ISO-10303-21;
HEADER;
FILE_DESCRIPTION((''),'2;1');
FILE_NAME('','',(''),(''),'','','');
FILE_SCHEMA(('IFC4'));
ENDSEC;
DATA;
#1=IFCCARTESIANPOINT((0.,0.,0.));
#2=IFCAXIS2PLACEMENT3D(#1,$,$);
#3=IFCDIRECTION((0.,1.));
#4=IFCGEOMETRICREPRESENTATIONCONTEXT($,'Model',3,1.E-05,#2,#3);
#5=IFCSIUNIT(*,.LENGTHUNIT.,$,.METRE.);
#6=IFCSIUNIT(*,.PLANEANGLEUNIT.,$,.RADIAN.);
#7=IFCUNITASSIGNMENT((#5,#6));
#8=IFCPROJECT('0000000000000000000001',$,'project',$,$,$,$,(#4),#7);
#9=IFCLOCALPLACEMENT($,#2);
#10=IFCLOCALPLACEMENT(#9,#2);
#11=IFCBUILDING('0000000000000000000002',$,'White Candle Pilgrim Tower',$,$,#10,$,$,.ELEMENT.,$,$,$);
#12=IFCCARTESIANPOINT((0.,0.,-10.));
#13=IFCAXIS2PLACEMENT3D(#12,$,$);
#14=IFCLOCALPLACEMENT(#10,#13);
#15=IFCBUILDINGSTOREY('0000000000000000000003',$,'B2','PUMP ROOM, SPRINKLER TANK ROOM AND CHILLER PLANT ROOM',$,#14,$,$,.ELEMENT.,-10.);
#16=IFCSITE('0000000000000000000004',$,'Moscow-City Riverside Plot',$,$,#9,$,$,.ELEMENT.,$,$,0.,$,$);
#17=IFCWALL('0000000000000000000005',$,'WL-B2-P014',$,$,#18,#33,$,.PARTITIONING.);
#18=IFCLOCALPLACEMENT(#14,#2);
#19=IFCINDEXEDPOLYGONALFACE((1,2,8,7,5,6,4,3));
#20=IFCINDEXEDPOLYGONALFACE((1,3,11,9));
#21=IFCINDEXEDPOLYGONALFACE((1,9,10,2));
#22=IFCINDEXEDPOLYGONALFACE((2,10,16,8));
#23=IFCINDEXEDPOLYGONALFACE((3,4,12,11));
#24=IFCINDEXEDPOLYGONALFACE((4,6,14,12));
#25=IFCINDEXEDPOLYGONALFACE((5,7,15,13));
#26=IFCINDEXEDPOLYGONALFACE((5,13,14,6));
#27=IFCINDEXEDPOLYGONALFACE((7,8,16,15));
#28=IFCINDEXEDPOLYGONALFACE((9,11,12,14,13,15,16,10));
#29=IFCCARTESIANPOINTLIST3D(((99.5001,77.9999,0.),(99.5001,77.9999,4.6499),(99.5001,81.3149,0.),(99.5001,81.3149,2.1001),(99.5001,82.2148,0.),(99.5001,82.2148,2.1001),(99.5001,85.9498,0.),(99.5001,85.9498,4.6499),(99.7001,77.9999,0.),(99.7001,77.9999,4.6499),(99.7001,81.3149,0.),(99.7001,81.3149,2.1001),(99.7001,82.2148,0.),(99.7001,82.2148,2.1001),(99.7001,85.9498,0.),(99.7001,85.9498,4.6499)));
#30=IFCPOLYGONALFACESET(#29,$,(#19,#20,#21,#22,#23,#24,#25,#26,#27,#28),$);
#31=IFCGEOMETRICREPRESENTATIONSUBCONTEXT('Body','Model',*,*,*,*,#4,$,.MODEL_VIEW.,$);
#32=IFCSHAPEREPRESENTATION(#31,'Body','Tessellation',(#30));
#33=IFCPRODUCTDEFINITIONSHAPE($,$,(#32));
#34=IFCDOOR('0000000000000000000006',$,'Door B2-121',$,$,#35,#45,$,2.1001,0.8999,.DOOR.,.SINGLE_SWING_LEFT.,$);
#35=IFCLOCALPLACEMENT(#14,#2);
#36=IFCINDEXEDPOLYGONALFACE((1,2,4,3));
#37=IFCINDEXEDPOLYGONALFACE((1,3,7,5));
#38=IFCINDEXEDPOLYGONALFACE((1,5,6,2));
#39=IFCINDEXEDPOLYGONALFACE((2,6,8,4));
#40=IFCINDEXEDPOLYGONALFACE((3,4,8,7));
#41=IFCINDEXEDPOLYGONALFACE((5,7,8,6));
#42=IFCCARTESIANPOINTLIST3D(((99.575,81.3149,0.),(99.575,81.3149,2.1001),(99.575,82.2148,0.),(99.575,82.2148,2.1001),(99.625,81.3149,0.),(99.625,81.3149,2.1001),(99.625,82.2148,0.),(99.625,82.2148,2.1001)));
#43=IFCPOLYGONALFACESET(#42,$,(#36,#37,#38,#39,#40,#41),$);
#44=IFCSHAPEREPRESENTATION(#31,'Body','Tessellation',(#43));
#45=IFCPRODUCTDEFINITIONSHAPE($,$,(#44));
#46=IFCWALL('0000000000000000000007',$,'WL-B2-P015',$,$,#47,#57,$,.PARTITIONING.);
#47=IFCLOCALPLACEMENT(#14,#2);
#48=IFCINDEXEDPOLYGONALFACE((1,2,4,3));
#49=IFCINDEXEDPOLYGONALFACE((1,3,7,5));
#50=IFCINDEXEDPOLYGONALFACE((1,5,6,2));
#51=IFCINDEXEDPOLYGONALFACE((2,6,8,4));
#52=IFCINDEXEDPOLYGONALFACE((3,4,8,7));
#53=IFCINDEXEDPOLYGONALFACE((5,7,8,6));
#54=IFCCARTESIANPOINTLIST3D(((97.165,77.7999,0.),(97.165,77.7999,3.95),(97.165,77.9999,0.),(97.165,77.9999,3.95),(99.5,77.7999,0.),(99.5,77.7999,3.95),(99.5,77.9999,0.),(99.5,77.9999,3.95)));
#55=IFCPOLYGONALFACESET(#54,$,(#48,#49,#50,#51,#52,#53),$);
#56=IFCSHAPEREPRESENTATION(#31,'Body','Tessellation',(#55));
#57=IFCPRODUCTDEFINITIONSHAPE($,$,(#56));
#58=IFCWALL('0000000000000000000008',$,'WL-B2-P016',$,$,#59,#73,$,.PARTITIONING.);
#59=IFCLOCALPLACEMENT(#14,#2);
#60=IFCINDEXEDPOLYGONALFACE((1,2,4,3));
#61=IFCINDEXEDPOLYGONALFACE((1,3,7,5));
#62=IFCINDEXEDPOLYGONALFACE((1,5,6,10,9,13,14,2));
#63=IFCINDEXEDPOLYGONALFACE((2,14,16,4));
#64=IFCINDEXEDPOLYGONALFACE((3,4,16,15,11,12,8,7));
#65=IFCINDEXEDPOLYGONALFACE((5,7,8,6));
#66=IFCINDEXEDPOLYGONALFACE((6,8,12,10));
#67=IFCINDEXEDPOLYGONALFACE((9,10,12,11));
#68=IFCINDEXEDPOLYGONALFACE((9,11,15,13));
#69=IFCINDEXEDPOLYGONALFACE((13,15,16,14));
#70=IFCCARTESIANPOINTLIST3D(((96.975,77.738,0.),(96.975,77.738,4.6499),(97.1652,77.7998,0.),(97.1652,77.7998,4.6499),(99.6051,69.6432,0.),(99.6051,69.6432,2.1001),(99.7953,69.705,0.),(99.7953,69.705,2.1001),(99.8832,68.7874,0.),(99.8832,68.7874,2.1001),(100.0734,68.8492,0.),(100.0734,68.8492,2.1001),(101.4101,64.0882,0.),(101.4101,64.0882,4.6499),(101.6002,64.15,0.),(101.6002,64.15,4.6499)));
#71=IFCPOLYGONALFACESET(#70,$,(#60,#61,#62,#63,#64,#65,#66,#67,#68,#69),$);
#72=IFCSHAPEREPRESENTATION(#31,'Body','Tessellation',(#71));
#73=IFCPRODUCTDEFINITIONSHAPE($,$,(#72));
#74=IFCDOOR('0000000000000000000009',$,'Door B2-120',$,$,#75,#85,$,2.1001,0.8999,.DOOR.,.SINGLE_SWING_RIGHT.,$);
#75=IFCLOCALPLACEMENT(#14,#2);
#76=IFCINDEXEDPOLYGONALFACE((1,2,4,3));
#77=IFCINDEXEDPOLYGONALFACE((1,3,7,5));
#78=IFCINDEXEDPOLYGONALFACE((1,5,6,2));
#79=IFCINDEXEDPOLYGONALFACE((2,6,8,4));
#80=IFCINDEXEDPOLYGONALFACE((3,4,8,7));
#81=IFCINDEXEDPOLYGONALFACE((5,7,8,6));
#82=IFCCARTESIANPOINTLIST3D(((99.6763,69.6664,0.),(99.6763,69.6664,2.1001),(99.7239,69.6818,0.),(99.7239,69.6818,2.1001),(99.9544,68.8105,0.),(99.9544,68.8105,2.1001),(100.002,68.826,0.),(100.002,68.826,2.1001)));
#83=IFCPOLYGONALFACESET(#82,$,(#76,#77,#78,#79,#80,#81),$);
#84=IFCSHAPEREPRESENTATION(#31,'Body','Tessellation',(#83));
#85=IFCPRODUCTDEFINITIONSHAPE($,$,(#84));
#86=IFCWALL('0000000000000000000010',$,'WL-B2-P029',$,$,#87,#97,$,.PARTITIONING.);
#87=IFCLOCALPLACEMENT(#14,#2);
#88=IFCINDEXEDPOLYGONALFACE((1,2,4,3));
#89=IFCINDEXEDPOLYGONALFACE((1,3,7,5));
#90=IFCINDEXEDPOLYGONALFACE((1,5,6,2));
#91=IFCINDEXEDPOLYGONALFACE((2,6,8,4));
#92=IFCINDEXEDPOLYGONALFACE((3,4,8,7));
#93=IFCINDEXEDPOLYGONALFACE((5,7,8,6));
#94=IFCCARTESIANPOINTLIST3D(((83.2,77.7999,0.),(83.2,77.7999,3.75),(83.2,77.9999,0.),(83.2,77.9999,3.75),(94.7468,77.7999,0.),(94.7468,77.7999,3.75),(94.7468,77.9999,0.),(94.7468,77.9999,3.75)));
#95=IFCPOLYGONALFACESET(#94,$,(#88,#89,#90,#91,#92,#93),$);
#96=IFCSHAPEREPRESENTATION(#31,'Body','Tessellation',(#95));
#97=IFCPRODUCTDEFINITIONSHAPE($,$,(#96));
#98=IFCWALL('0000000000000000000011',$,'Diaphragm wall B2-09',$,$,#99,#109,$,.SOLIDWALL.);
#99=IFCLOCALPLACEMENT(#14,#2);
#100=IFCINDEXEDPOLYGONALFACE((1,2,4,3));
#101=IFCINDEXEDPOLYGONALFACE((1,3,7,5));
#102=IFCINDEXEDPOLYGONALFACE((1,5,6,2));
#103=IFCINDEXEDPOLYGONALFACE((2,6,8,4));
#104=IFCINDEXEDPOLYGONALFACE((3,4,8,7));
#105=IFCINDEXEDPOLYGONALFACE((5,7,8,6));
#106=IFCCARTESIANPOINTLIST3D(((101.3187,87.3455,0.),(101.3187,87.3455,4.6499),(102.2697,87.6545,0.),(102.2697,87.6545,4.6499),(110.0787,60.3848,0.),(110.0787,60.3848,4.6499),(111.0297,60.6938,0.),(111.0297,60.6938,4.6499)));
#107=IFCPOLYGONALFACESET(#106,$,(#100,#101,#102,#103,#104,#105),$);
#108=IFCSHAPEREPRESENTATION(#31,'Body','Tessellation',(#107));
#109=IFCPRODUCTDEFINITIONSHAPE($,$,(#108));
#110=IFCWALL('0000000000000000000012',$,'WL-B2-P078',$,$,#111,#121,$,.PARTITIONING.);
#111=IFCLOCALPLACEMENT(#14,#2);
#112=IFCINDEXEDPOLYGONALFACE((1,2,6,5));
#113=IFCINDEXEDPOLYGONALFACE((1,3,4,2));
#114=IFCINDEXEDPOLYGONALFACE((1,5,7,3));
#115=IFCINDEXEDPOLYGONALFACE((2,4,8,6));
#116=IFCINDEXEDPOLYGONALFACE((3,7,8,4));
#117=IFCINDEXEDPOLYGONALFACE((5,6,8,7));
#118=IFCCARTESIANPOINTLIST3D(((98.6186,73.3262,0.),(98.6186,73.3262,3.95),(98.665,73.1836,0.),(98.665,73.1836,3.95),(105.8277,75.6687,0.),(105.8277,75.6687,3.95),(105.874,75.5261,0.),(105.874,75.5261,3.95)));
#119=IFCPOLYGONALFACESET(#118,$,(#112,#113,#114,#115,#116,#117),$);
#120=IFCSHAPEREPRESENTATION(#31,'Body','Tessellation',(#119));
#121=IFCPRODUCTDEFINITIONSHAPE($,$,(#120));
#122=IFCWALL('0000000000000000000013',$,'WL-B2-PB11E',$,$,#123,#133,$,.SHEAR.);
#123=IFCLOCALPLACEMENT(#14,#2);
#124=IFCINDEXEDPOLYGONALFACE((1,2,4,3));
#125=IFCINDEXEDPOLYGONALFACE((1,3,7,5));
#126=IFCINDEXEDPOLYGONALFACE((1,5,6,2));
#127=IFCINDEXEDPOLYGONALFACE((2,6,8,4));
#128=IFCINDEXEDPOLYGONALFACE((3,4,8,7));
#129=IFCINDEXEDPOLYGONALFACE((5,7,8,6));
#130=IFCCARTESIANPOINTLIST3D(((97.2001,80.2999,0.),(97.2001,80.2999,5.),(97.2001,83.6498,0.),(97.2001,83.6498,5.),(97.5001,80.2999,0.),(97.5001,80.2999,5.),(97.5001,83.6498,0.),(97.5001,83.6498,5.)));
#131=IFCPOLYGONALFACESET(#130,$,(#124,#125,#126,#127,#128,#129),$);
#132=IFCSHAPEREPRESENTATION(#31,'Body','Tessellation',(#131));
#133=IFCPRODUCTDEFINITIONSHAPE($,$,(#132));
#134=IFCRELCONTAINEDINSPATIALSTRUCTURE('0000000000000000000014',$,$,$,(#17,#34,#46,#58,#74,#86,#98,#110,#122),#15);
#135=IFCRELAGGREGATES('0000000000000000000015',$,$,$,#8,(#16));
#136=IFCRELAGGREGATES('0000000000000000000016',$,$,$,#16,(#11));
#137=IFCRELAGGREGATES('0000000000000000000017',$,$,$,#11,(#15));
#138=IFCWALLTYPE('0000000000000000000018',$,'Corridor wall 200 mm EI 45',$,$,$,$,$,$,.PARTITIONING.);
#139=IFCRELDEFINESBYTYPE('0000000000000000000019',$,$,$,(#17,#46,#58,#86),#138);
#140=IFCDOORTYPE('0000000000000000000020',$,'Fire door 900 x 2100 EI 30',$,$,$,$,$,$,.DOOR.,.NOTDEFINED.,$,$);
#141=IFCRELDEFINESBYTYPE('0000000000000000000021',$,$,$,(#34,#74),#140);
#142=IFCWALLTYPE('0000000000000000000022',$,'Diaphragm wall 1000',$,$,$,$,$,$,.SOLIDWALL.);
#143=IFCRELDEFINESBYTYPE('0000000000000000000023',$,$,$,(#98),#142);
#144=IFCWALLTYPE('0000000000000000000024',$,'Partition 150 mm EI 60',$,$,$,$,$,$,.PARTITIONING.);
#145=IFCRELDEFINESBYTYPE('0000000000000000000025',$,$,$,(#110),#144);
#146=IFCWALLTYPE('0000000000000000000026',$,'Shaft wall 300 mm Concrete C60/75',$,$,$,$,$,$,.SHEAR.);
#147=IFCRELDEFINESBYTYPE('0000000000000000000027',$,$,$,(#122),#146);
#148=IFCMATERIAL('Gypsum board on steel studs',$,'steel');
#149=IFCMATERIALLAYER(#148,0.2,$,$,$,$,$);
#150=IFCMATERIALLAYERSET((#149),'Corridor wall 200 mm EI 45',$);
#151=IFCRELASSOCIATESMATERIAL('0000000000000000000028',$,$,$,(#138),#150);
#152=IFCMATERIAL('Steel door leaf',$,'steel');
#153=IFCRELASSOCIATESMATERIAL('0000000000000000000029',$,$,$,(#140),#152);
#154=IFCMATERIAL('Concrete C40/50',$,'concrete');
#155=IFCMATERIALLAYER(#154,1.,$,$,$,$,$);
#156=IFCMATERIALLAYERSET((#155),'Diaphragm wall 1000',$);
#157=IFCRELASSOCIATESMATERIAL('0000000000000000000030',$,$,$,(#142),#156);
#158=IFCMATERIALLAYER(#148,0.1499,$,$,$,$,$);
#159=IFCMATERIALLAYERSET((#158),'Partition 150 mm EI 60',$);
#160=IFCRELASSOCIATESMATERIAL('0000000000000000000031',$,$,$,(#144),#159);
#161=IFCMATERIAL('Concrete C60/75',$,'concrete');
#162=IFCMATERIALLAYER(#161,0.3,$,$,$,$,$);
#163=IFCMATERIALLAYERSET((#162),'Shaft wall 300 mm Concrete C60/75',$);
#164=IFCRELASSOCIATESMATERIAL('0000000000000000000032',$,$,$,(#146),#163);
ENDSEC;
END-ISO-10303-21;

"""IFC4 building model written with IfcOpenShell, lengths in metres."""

from ifc_helpers import new_model, si_unit, direction, frame, frame_2d, origin, place, context, subcontext, project, spatial, rectangle, extrude, material, layer, layer_set, type_object, element, fill, save


model = new_model("IFC4")

# Units and contexts
model_context = context("Model", 3, precision=1e-05, world=origin(), true_north=direction((0.0, 1.0)))
body_context = subcontext(model_context, "Body", "Model", "MODEL_VIEW")
ifc_project = project(units=[si_unit("LENGTHUNIT", "METRE"), si_unit("PLANEANGLEUNIT", "RADIAN")], contexts=[model_context])

# Site, building, storey
site_placement = place(None, origin())
site = spatial("IfcSite", under=ifc_project, at=site_placement, Name="Moscow-City Riverside Plot", CompositionType="ELEMENT", RefElevation=0.0)
building_placement = place(site_placement, origin())
building = spatial("IfcBuilding", under=site, at=building_placement, Name="White Candle Pilgrim Tower", CompositionType="ELEMENT")
storey_placement = place(building_placement, frame((0.0, 0.0, -10.0)))
storey = spatial("IfcBuildingStorey", under=building, at=storey_placement, Name="B2", Description="PUMP ROOM, SPRINKLER TANK ROOM AND CHILLER PLANT ROOM", CompositionType="ELEMENT", Elevation=-10.0)

# Shared definitions
ifc_material_1 = material(Name="Concrete C40/50", Category="concrete")

# Wall, opening, door
ifc_material_2 = material(Name="Gypsum board on steel studs", Category="steel")
ifc_layer_1 = layer(ifc_material_2, 0.2)
ifc_layer_set_1 = layer_set([ifc_layer_1], Name="Corridor wall 200 mm EI 45")
wall_type_1 = type_object("IfcWallType", Name="Corridor wall 200 mm EI 45", PredefinedType="PARTITIONING", material=ifc_layer_set_1)
wall_1_placement = place(storey_placement, frame((99.6001, 85.95, 0.0), z_axis=(0.0, 0.0, 1.0), x_axis=(0.0, -1.0, 0.0)))
wall_1 = element("IfcWall", 1, at=wall_1_placement, inside=storey, type_object=wall_type_1, Name="WL-B2-P014", PredefinedType="PARTITIONING", context=body_context, shape_type="SweptSolid", body=[
    extrude(rectangle(XDim=7.95, YDim=0.2, at=frame_2d((3.9751, 0.0))), origin(), (0.0, 0.0, 1.0), 4.6499),
])
opening_1_placement = place(wall_1_placement, frame((3.7351, 0.0, 0.0)))
opening_1 = element("IfcOpeningElement", 2, at=opening_1_placement, cuts=wall_1, PredefinedType="OPENING", context=body_context, shape_type="SweptSolid", body=[
    extrude(rectangle(XDim=0.8999, YDim=2.1001, at=frame_2d((0.45, 1.05))), frame((0.0, 0.1099, 0.0), z_axis=(0.0, -1.0, 0.0), x_axis=(1.0, 0.0, 0.0)), (0.0, 0.0, 1.0), 0.22),
])
ifc_material_3 = material(Name="Steel door leaf", Category="steel")
door_type = type_object("IfcDoorType", Name="Fire door 900 x 2100 EI 30", OperationType="NOTDEFINED", PredefinedType="DOOR", material=ifc_material_3)
door_1_placement = place(opening_1_placement, origin())
door_1 = element("IfcDoor", 3, at=door_1_placement, inside=storey, type_object=door_type, Name="Door B2-121", OperationType="SINGLE_SWING_LEFT", OverallHeight=2.1001, OverallWidth=0.8999, PredefinedType="DOOR", context=body_context, shape_type="SweptSolid", body=[
    extrude(rectangle(XDim=0.8999, YDim=2.1001, at=frame_2d((0.45, 1.05))), frame((0.0, 0.0249, 0.0), z_axis=(0.0, -1.0, 0.0), x_axis=(1.0, 0.0, 0.0)), (0.0, 0.0, 1.0), 0.05),
])
fill(opening_1, door_1)

# Wall
wall_2_placement = place(storey_placement, frame((99.5, 77.8999, 0.0), z_axis=(0.0, 0.0, 1.0), x_axis=(-1.0, 0.0, 0.0)))
element("IfcWall", 4, at=wall_2_placement, inside=storey, type_object=wall_type_1, Name="WL-B2-P015", PredefinedType="PARTITIONING", context=body_context, shape_type="SweptSolid", body=[
    extrude(rectangle(XDim=2.335, YDim=0.2, at=frame_2d((1.1675, 0.0))), origin(), (0.0, 0.0, 1.0), 3.95),
])

# Wall, opening, door
wall_3_placement = place(storey_placement, frame((97.0701, 77.769, 0.0), z_axis=(0.0, 0.0, 1.0), x_axis=(0.309013, -0.951058, 0.0)))
wall_3 = element("IfcWall", 5, at=wall_3_placement, inside=storey, type_object=wall_type_1, Name="WL-B2-P016", PredefinedType="PARTITIONING", context=body_context, shape_type="SweptSolid", body=[
    extrude(rectangle(XDim=14.3523, YDim=0.2, at=frame_2d((7.1763, 0.0))), origin(), (0.0, 0.0, 1.0), 4.6499),
])
opening_2_placement = place(wall_3_placement, frame((8.5115, 0.0, 0.0)))
opening_2 = element("IfcOpeningElement", 6, at=opening_2_placement, cuts=wall_3, PredefinedType="OPENING", context=body_context, shape_type="SweptSolid", body=[
    extrude(rectangle(XDim=0.8999, YDim=2.1001, at=frame_2d((0.45, 1.05))), frame((0.0, 0.1099, 0.0), z_axis=(0.0, -1.0, 0.0), x_axis=(1.0, 0.0, 0.0)), (0.0, 0.0, 1.0), 0.22),
])
door_2_placement = place(opening_2_placement, origin())
door_2 = element("IfcDoor", 7, at=door_2_placement, inside=storey, type_object=door_type, Name="Door B2-120", OperationType="SINGLE_SWING_RIGHT", OverallHeight=2.1001, OverallWidth=0.8999, PredefinedType="DOOR", context=body_context, shape_type="SweptSolid", body=[
    extrude(rectangle(XDim=0.8999, YDim=2.1001, at=frame_2d((0.45, 1.05))), frame((0.0, 0.0249, 0.0), z_axis=(0.0, -1.0, 0.0), x_axis=(1.0, 0.0, 0.0)), (0.0, 0.0, 1.0), 0.05),
])
fill(opening_2, door_2)

# Walls
wall_4_placement = place(storey_placement, frame((94.7468, 77.8999, 0.0), z_axis=(0.0, 0.0, 1.0), x_axis=(-1.0, 0.0, 0.0)))
element("IfcWall", 8, at=wall_4_placement, inside=storey, type_object=wall_type_1, Name="WL-B2-P029", PredefinedType="PARTITIONING", context=body_context, shape_type="SweptSolid", body=[
    extrude(rectangle(XDim=11.5469, YDim=0.2, at=frame_2d((5.7734, 0.0))), origin(), (0.0, 0.0, 1.0), 3.75),
])
ifc_layer_2 = layer(ifc_material_1, 1.0)
ifc_layer_set_2 = layer_set([ifc_layer_2], Name="Diaphragm wall 1000")
wall_type_2 = type_object("IfcWallType", Name="Diaphragm wall 1000", PredefinedType="SOLIDWALL", material=ifc_layer_set_2)
wall_5_placement = place(storey_placement, frame((101.7942, 87.5, 0.0), z_axis=(0.0, 0.0, 1.0), x_axis=(0.309015, -0.951057, 0.0)))
element("IfcWall", 9, at=wall_5_placement, inside=storey, type_object=wall_type_2, Name="Diaphragm wall B2-09", PredefinedType="SOLIDWALL", context=body_context, shape_type="SweptSolid", body=[
    extrude(rectangle(XDim=28.3481, YDim=1.0, at=frame_2d((14.1741, 0.0))), origin(), (0.0, 0.0, 1.0), 4.6499),
])
ifc_layer_3 = layer(ifc_material_2, 0.1499)
ifc_layer_set_3 = layer_set([ifc_layer_3], Name="Partition 150 mm EI 60")
wall_type_3 = type_object("IfcWallType", Name="Partition 150 mm EI 60", PredefinedType="PARTITIONING", material=ifc_layer_set_3)
wall_6_placement = place(storey_placement, frame((105.8508, 75.5974, 0.0), z_axis=(0.0, 0.0, 1.0), x_axis=(-0.951049, -0.309039, 0.0)))
element("IfcWall", 10, at=wall_6_placement, inside=storey, type_object=wall_type_3, Name="WL-B2-P078", PredefinedType="PARTITIONING", context=body_context, shape_type="SweptSolid", body=[
    extrude(rectangle(XDim=7.5801, YDim=0.1499, at=frame_2d((3.79, 0.0))), origin(), (0.0, 0.0, 1.0), 3.95),
])
ifc_material_4 = material(Name="Concrete C60/75", Category="concrete")
ifc_layer_4 = layer(ifc_material_4, 0.3)
ifc_layer_set_4 = layer_set([ifc_layer_4], Name="Shaft wall 300 mm Concrete C60/75")
wall_type_4 = type_object("IfcWallType", Name="Shaft wall 300 mm Concrete C60/75", PredefinedType="SHEAR", material=ifc_layer_set_4)
wall_7_placement = place(storey_placement, frame((97.3501, 80.3, 0.0), z_axis=(0.0, 0.0, 1.0), x_axis=(0.0, 1.0, 0.0)))
element("IfcWall", 11, at=wall_7_placement, inside=storey, type_object=wall_type_4, Name="WL-B2-PB11E", PredefinedType="SHEAR", context=body_context, shape_type="SweptSolid", body=[
    extrude(rectangle(XDim=3.3499, YDim=0.3, at=frame_2d((1.6748, 0.0))), origin(), (0.0, 0.0, 1.0), 5.0),
])

save(model, "model.ifc")
